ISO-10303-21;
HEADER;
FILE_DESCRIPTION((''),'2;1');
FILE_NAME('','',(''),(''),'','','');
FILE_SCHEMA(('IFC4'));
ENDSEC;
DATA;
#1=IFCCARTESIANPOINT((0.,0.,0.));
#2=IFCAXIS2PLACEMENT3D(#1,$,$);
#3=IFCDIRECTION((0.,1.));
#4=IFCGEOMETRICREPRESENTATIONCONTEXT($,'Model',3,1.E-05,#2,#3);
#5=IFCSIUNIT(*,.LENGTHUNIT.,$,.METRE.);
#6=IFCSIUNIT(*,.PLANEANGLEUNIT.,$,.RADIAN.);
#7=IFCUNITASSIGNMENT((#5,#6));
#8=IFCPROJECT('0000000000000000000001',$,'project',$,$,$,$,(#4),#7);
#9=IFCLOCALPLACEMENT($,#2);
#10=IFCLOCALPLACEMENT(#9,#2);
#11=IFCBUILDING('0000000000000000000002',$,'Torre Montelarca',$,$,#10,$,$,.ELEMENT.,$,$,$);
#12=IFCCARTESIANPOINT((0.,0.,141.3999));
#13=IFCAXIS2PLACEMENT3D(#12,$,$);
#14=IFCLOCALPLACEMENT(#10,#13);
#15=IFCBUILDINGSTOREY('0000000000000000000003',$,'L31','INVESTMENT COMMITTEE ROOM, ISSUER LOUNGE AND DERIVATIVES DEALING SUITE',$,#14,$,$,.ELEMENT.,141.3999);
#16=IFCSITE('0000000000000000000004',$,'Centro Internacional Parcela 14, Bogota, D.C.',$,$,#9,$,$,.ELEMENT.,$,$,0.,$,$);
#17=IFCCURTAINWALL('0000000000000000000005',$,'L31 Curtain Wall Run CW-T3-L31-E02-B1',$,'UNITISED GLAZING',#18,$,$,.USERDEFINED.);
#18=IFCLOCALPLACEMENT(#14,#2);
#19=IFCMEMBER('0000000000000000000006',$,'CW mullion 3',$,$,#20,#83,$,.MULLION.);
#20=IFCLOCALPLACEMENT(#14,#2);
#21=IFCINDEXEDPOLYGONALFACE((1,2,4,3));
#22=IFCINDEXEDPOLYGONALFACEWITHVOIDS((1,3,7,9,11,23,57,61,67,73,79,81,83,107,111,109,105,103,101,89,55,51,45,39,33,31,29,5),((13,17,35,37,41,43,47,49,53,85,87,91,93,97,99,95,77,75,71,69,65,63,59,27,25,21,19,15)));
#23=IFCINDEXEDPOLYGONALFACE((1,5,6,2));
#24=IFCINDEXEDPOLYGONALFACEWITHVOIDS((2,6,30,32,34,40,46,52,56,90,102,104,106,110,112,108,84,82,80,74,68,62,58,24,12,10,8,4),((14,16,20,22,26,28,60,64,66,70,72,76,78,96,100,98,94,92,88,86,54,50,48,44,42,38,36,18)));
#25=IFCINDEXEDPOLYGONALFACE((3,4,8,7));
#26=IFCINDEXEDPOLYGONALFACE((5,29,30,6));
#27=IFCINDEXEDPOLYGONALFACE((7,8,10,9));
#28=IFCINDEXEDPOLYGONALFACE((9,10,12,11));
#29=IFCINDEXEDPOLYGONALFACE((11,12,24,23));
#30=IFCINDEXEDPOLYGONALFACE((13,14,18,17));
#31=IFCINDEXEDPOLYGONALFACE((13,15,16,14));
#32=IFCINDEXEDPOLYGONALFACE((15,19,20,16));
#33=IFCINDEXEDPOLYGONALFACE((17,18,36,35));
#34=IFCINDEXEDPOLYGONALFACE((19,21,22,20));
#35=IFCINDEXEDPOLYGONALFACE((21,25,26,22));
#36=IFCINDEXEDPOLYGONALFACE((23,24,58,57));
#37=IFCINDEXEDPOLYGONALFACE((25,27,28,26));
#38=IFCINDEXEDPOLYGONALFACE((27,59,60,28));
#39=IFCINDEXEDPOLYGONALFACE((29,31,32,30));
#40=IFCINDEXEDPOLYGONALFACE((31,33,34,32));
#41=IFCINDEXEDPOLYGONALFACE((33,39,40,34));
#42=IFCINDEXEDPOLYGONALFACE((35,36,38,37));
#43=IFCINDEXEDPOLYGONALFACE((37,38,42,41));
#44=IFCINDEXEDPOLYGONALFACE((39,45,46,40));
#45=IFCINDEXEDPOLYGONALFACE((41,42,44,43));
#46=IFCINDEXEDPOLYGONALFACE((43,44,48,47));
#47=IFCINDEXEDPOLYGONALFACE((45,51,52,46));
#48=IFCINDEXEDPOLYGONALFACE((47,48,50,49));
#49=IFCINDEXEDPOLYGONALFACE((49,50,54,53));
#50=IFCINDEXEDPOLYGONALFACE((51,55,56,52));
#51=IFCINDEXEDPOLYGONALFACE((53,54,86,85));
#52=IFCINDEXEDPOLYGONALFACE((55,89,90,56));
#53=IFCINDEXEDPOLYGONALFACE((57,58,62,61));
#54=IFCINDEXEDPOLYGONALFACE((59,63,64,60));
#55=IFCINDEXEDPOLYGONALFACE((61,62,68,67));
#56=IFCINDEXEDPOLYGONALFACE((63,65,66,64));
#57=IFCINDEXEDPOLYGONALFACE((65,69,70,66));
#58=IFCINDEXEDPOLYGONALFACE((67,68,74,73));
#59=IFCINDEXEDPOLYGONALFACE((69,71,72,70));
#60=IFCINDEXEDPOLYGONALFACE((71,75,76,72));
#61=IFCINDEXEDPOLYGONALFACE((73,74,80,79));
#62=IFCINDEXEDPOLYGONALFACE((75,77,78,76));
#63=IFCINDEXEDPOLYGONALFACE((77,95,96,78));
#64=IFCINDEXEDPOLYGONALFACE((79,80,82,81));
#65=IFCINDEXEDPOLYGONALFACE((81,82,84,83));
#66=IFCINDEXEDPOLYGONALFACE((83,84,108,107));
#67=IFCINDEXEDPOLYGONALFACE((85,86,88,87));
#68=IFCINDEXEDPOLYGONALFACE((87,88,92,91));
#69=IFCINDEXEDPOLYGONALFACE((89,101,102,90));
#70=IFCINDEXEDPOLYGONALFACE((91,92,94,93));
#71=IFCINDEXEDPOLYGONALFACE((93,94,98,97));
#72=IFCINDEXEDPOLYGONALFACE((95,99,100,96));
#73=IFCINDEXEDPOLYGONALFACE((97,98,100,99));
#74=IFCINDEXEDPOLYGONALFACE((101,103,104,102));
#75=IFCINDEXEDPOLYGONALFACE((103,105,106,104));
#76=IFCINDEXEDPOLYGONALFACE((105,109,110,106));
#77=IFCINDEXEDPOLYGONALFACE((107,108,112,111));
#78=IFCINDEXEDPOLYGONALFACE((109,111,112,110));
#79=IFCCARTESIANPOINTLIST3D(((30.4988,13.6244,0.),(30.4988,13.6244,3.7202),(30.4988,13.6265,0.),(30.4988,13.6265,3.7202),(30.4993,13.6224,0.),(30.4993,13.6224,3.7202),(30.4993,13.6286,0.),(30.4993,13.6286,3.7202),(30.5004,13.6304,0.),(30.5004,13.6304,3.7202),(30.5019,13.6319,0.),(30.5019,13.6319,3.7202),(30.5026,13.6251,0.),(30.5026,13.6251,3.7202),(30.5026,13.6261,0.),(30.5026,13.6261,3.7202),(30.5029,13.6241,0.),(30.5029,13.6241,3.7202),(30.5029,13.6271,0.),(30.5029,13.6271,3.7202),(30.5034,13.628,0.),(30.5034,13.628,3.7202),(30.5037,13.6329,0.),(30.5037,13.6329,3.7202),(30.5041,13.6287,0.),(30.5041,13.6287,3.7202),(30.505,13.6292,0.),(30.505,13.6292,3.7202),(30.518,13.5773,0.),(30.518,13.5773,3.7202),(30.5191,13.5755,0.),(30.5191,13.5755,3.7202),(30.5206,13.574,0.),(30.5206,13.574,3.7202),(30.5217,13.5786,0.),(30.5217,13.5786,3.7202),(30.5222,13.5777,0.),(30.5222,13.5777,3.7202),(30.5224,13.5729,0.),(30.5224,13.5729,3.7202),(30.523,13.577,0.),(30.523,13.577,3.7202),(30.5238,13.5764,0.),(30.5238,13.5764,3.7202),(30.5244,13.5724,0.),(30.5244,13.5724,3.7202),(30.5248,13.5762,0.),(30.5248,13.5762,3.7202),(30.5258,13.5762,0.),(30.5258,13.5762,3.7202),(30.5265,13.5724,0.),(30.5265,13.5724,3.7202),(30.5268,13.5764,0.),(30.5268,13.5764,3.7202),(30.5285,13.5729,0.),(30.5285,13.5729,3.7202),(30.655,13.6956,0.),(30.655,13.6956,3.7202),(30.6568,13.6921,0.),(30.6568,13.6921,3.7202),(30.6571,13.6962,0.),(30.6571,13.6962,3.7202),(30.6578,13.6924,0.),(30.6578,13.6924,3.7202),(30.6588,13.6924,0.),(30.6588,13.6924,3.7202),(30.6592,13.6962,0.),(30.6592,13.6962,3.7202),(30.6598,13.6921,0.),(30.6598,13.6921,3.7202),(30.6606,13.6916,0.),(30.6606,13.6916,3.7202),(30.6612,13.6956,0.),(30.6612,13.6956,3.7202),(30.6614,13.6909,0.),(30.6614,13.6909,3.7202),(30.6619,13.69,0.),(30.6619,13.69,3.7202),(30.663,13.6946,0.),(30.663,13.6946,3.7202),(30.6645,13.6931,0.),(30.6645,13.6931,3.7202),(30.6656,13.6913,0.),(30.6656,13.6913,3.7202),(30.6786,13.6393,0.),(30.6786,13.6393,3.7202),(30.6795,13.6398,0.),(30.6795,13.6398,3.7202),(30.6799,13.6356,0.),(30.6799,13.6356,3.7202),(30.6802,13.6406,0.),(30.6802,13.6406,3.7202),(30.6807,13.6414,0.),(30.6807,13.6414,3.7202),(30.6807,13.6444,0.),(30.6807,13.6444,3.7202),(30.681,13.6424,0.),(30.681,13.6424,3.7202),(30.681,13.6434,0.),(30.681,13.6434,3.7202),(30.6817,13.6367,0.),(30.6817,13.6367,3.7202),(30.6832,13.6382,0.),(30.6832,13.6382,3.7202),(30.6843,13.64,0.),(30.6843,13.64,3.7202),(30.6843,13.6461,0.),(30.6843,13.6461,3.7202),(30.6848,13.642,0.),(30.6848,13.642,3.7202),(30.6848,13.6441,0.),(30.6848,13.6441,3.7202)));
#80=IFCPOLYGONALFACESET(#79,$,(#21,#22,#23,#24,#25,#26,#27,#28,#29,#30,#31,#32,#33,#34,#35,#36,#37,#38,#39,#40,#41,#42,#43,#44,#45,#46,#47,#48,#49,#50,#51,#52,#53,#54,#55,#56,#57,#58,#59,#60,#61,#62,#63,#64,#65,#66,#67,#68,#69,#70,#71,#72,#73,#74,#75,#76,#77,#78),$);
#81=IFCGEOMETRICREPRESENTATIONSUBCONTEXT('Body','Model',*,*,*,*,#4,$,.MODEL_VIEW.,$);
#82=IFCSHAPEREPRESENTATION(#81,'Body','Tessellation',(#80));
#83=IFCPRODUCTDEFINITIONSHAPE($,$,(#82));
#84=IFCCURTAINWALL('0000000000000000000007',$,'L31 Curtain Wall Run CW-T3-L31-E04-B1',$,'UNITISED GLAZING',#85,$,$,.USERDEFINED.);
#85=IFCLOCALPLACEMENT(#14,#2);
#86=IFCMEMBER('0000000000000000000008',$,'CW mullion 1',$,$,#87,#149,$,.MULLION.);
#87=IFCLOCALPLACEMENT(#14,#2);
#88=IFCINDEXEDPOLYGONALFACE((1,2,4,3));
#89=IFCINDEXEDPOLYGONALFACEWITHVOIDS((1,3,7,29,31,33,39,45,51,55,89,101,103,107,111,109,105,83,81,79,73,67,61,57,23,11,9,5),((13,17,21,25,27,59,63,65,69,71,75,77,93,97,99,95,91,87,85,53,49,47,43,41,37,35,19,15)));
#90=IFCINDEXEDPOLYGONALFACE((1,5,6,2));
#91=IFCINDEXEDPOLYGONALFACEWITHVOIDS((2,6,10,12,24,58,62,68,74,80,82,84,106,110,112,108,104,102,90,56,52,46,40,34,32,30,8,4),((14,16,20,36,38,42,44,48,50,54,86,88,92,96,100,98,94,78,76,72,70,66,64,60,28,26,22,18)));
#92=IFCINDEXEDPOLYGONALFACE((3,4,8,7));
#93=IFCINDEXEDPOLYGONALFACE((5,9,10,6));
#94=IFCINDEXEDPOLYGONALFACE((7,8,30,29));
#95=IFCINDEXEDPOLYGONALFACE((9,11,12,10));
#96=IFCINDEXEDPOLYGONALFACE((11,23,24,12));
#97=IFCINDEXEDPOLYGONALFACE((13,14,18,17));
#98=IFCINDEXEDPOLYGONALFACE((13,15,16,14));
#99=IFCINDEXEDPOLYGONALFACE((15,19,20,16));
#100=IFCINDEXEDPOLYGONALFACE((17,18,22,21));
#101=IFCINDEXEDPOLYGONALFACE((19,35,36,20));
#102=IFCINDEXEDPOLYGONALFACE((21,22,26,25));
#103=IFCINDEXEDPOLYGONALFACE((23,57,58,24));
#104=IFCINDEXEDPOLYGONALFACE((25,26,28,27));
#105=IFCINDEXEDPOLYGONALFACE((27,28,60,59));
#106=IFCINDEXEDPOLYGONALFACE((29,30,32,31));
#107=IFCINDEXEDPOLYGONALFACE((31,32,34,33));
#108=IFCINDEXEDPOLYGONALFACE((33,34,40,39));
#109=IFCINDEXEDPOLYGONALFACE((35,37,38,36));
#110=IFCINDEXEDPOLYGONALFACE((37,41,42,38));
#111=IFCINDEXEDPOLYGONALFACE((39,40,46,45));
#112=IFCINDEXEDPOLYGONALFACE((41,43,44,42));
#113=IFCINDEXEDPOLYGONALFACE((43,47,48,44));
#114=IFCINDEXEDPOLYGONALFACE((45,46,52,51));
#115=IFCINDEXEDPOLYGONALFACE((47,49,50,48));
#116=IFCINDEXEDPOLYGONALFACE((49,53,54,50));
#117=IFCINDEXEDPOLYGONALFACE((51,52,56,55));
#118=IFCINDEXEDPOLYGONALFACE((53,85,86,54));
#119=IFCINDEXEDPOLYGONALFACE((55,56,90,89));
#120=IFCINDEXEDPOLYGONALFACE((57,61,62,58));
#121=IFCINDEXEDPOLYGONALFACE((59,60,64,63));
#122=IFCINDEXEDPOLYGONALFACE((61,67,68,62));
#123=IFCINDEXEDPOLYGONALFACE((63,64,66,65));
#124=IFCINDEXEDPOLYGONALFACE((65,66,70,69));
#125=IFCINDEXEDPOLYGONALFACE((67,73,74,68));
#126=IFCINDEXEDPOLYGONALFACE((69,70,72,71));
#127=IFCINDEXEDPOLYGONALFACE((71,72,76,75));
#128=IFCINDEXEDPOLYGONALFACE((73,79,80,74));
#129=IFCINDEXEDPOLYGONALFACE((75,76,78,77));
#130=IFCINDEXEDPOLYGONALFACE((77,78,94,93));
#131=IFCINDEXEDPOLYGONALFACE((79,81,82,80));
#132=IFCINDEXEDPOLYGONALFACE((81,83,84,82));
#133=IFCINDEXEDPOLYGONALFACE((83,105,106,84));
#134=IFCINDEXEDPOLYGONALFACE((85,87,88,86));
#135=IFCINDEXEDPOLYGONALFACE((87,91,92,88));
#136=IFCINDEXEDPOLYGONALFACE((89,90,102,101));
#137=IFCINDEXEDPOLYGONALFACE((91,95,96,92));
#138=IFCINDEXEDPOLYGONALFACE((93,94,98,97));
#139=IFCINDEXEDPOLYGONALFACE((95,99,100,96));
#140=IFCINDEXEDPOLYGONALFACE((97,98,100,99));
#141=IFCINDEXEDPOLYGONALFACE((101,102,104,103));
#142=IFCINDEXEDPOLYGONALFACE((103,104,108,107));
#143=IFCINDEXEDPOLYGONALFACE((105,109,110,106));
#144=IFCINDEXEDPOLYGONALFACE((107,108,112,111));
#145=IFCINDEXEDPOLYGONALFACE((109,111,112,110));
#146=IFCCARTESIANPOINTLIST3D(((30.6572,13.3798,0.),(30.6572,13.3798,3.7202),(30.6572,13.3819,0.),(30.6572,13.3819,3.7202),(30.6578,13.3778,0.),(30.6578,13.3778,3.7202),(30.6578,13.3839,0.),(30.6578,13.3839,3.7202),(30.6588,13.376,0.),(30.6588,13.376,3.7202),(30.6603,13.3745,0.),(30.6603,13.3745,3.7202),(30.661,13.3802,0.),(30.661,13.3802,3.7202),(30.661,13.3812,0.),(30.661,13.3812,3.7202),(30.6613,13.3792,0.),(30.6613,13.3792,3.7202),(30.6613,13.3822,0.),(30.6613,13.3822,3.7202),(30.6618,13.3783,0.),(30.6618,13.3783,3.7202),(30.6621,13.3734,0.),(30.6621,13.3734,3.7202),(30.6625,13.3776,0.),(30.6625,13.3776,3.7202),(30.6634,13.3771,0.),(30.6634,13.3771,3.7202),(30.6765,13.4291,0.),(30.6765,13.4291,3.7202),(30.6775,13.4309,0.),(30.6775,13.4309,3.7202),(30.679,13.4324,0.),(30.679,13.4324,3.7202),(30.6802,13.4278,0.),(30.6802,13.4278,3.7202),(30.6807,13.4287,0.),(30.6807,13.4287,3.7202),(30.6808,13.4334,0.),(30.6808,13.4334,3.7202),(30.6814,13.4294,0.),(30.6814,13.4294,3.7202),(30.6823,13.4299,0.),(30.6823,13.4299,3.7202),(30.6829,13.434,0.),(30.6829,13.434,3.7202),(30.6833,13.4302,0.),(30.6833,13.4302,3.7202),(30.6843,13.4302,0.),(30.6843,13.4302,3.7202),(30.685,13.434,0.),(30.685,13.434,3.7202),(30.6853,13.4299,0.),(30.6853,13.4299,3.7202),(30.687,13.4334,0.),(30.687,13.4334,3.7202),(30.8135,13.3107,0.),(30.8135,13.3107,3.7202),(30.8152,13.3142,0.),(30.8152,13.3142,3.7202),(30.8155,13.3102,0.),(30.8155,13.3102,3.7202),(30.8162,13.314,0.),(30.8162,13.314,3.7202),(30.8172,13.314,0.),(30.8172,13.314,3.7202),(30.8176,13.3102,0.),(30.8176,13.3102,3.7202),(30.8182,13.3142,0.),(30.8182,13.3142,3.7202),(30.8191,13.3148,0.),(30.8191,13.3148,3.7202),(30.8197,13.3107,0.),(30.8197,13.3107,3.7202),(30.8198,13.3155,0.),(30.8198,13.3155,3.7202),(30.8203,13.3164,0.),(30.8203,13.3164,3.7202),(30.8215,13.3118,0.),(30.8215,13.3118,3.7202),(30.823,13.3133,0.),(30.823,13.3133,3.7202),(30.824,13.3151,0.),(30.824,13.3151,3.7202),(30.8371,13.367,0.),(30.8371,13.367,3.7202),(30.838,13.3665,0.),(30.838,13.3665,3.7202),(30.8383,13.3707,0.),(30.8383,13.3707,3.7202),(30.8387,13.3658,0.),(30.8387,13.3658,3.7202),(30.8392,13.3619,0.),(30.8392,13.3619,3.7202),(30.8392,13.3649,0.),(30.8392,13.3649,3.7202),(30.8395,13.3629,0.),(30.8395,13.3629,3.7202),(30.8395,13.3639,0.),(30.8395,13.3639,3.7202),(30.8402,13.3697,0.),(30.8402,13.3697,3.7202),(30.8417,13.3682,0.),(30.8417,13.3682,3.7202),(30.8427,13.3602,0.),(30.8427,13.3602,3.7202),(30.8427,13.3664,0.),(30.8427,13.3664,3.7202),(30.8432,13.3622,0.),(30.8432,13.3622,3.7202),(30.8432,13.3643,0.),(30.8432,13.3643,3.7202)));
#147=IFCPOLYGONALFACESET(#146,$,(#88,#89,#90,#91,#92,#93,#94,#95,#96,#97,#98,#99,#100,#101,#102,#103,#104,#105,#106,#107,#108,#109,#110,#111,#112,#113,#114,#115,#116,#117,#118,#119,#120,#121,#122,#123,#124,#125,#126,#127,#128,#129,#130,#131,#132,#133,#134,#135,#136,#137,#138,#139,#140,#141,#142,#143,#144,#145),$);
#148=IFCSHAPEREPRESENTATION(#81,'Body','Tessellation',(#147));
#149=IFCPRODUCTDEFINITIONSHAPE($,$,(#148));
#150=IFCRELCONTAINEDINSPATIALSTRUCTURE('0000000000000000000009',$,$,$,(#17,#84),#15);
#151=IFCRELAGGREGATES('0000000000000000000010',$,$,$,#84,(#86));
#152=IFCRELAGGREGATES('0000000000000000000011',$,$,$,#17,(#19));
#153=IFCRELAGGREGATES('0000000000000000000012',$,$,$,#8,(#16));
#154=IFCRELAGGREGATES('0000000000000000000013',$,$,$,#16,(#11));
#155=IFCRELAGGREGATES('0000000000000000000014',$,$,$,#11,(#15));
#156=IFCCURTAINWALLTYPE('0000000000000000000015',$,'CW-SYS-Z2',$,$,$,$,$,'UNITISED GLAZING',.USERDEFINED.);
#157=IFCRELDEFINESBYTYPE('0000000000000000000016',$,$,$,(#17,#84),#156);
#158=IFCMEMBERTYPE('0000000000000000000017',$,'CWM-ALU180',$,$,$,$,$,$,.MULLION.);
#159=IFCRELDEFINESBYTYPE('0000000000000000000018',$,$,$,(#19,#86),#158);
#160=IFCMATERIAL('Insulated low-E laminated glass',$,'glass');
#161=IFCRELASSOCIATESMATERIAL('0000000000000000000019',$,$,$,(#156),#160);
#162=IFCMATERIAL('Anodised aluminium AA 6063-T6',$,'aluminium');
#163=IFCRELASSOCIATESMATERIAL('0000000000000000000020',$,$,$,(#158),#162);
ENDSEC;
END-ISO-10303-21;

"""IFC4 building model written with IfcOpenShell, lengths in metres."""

from ifc_helpers import new_model, si_unit, direction, frame, origin, origin_2d, place, context, subcontext, project, spatial, hollow_rectangle, extrude, source, transform, mapped, material, material_profile, profile_set, type_object, element, aggregate, save


model = new_model("IFC4")

# Units and contexts
model_context = context("Model", 3, precision=1e-05, world=origin(), true_north=direction((0.0, 1.0)))
body_context = subcontext(model_context, "Body", "Model", "MODEL_VIEW")
ifc_project = project(units=[si_unit("LENGTHUNIT", "METRE"), si_unit("PLANEANGLEUNIT", "RADIAN")], contexts=[model_context])

# Site, building, storey
site_placement = place(None, origin())
site = spatial("IfcSite", under=ifc_project, at=site_placement, Name="Centro Internacional Parcela 14, Bogota, D.C.", CompositionType="ELEMENT", RefElevation=0.0)
building_placement = place(site_placement, origin())
building = spatial("IfcBuilding", under=site, at=building_placement, Name="Torre Montelarca", CompositionType="ELEMENT")
storey_placement = place(building_placement, frame((0.0, 0.0, 141.3999)))
storey = spatial("IfcBuildingStorey", under=building, at=storey_placement, Name="L31", Description="INVESTMENT COMMITTEE ROOM, ISSUER LOUNGE AND DERIVATIVES DEALING SUITE", CompositionType="ELEMENT", Elevation=141.3999)

# Curtain walls, members
ifc_material_1 = material(Name="Insulated low-E laminated glass", Category="glass")
curtain_wall_type = type_object("IfcCurtainWallType", Name="CW-SYS-Z2", ElementType="UNITISED GLAZING", PredefinedType="USERDEFINED", material=ifc_material_1)
curtain_wall_1_placement = place(storey_placement, origin())
curtain_wall_1 = element("IfcCurtainWall", 1, at=curtain_wall_1_placement, inside=storey, type_object=curtain_wall_type, Name="L31 Curtain Wall Run CW-T3-L31-E02-B1", ObjectType="UNITISED GLAZING", PredefinedType="USERDEFINED")
ifc_material_2 = material(Name="Anodised aluminium AA 6063-T6", Category="aluminium")
ifc_material_profile_1 = material_profile(ifc_material_2, hollow_rectangle(XDim=0.0649, YDim=0.1799, WallThickness=0.0039, InnerFilletRadius=0.0039, OuterFilletRadius=0.0081, at=origin_2d()), Name="ALU65X180X4", Category="aluminium")
ifc_profile_set_1 = profile_set([ifc_material_profile_1], Name="Anodised aluminium AA 6063-T6")
member_type_1 = type_object("IfcMemberType", Name="CWM-ALU180", PredefinedType="MULLION", material=ifc_profile_set_1)
shared_shape_1 = source(origin(), body_context, "Body", "SweptSolid", [
    extrude(hollow_rectangle(XDim=0.0649, YDim=0.1799, WallThickness=0.0039, InnerFilletRadius=0.0039, OuterFilletRadius=0.0081, at=origin_2d()), origin(), (0.0, 0.0, 1.0), 3.7202),
])
member_1_placement = place(storey_placement, frame((30.5918, 13.6343, 0.0), z_axis=(0.0, 0.0, 1.0), x_axis=(-0.38267, 0.923885, 0.0)))
member_1 = element("IfcMember", 2, at=member_1_placement, type_object=member_type_1, Name="CW mullion 3", PredefinedType="MULLION", context=body_context, shape_type="MappedRepresentation", body=[
    mapped(shared_shape_1, transform((0.0, 0.0, 0.0), scale=1.0)),
])
curtain_wall_2_placement = place(storey_placement, origin())
curtain_wall_2 = element("IfcCurtainWall", 3, at=curtain_wall_2_placement, inside=storey, type_object=curtain_wall_type, Name="L31 Curtain Wall Run CW-T3-L31-E04-B1", ObjectType="UNITISED GLAZING", PredefinedType="USERDEFINED")
member_2_placement = place(storey_placement, frame((30.7502, 13.3721, 0.0), z_axis=(0.0, 0.0, 1.0), x_axis=(0.382671, 0.923885, 0.0)))
member_2 = element("IfcMember", 4, at=member_2_placement, type_object=member_type_1, Name="CW mullion 1", PredefinedType="MULLION", context=body_context, shape_type="MappedRepresentation", body=[
    mapped(shared_shape_1, transform((0.0, 0.0, 0.0), scale=1.0)),
])
aggregate(curtain_wall_2, [member_2])

aggregate(curtain_wall_1, [member_1])

save(model, "model.ifc")
